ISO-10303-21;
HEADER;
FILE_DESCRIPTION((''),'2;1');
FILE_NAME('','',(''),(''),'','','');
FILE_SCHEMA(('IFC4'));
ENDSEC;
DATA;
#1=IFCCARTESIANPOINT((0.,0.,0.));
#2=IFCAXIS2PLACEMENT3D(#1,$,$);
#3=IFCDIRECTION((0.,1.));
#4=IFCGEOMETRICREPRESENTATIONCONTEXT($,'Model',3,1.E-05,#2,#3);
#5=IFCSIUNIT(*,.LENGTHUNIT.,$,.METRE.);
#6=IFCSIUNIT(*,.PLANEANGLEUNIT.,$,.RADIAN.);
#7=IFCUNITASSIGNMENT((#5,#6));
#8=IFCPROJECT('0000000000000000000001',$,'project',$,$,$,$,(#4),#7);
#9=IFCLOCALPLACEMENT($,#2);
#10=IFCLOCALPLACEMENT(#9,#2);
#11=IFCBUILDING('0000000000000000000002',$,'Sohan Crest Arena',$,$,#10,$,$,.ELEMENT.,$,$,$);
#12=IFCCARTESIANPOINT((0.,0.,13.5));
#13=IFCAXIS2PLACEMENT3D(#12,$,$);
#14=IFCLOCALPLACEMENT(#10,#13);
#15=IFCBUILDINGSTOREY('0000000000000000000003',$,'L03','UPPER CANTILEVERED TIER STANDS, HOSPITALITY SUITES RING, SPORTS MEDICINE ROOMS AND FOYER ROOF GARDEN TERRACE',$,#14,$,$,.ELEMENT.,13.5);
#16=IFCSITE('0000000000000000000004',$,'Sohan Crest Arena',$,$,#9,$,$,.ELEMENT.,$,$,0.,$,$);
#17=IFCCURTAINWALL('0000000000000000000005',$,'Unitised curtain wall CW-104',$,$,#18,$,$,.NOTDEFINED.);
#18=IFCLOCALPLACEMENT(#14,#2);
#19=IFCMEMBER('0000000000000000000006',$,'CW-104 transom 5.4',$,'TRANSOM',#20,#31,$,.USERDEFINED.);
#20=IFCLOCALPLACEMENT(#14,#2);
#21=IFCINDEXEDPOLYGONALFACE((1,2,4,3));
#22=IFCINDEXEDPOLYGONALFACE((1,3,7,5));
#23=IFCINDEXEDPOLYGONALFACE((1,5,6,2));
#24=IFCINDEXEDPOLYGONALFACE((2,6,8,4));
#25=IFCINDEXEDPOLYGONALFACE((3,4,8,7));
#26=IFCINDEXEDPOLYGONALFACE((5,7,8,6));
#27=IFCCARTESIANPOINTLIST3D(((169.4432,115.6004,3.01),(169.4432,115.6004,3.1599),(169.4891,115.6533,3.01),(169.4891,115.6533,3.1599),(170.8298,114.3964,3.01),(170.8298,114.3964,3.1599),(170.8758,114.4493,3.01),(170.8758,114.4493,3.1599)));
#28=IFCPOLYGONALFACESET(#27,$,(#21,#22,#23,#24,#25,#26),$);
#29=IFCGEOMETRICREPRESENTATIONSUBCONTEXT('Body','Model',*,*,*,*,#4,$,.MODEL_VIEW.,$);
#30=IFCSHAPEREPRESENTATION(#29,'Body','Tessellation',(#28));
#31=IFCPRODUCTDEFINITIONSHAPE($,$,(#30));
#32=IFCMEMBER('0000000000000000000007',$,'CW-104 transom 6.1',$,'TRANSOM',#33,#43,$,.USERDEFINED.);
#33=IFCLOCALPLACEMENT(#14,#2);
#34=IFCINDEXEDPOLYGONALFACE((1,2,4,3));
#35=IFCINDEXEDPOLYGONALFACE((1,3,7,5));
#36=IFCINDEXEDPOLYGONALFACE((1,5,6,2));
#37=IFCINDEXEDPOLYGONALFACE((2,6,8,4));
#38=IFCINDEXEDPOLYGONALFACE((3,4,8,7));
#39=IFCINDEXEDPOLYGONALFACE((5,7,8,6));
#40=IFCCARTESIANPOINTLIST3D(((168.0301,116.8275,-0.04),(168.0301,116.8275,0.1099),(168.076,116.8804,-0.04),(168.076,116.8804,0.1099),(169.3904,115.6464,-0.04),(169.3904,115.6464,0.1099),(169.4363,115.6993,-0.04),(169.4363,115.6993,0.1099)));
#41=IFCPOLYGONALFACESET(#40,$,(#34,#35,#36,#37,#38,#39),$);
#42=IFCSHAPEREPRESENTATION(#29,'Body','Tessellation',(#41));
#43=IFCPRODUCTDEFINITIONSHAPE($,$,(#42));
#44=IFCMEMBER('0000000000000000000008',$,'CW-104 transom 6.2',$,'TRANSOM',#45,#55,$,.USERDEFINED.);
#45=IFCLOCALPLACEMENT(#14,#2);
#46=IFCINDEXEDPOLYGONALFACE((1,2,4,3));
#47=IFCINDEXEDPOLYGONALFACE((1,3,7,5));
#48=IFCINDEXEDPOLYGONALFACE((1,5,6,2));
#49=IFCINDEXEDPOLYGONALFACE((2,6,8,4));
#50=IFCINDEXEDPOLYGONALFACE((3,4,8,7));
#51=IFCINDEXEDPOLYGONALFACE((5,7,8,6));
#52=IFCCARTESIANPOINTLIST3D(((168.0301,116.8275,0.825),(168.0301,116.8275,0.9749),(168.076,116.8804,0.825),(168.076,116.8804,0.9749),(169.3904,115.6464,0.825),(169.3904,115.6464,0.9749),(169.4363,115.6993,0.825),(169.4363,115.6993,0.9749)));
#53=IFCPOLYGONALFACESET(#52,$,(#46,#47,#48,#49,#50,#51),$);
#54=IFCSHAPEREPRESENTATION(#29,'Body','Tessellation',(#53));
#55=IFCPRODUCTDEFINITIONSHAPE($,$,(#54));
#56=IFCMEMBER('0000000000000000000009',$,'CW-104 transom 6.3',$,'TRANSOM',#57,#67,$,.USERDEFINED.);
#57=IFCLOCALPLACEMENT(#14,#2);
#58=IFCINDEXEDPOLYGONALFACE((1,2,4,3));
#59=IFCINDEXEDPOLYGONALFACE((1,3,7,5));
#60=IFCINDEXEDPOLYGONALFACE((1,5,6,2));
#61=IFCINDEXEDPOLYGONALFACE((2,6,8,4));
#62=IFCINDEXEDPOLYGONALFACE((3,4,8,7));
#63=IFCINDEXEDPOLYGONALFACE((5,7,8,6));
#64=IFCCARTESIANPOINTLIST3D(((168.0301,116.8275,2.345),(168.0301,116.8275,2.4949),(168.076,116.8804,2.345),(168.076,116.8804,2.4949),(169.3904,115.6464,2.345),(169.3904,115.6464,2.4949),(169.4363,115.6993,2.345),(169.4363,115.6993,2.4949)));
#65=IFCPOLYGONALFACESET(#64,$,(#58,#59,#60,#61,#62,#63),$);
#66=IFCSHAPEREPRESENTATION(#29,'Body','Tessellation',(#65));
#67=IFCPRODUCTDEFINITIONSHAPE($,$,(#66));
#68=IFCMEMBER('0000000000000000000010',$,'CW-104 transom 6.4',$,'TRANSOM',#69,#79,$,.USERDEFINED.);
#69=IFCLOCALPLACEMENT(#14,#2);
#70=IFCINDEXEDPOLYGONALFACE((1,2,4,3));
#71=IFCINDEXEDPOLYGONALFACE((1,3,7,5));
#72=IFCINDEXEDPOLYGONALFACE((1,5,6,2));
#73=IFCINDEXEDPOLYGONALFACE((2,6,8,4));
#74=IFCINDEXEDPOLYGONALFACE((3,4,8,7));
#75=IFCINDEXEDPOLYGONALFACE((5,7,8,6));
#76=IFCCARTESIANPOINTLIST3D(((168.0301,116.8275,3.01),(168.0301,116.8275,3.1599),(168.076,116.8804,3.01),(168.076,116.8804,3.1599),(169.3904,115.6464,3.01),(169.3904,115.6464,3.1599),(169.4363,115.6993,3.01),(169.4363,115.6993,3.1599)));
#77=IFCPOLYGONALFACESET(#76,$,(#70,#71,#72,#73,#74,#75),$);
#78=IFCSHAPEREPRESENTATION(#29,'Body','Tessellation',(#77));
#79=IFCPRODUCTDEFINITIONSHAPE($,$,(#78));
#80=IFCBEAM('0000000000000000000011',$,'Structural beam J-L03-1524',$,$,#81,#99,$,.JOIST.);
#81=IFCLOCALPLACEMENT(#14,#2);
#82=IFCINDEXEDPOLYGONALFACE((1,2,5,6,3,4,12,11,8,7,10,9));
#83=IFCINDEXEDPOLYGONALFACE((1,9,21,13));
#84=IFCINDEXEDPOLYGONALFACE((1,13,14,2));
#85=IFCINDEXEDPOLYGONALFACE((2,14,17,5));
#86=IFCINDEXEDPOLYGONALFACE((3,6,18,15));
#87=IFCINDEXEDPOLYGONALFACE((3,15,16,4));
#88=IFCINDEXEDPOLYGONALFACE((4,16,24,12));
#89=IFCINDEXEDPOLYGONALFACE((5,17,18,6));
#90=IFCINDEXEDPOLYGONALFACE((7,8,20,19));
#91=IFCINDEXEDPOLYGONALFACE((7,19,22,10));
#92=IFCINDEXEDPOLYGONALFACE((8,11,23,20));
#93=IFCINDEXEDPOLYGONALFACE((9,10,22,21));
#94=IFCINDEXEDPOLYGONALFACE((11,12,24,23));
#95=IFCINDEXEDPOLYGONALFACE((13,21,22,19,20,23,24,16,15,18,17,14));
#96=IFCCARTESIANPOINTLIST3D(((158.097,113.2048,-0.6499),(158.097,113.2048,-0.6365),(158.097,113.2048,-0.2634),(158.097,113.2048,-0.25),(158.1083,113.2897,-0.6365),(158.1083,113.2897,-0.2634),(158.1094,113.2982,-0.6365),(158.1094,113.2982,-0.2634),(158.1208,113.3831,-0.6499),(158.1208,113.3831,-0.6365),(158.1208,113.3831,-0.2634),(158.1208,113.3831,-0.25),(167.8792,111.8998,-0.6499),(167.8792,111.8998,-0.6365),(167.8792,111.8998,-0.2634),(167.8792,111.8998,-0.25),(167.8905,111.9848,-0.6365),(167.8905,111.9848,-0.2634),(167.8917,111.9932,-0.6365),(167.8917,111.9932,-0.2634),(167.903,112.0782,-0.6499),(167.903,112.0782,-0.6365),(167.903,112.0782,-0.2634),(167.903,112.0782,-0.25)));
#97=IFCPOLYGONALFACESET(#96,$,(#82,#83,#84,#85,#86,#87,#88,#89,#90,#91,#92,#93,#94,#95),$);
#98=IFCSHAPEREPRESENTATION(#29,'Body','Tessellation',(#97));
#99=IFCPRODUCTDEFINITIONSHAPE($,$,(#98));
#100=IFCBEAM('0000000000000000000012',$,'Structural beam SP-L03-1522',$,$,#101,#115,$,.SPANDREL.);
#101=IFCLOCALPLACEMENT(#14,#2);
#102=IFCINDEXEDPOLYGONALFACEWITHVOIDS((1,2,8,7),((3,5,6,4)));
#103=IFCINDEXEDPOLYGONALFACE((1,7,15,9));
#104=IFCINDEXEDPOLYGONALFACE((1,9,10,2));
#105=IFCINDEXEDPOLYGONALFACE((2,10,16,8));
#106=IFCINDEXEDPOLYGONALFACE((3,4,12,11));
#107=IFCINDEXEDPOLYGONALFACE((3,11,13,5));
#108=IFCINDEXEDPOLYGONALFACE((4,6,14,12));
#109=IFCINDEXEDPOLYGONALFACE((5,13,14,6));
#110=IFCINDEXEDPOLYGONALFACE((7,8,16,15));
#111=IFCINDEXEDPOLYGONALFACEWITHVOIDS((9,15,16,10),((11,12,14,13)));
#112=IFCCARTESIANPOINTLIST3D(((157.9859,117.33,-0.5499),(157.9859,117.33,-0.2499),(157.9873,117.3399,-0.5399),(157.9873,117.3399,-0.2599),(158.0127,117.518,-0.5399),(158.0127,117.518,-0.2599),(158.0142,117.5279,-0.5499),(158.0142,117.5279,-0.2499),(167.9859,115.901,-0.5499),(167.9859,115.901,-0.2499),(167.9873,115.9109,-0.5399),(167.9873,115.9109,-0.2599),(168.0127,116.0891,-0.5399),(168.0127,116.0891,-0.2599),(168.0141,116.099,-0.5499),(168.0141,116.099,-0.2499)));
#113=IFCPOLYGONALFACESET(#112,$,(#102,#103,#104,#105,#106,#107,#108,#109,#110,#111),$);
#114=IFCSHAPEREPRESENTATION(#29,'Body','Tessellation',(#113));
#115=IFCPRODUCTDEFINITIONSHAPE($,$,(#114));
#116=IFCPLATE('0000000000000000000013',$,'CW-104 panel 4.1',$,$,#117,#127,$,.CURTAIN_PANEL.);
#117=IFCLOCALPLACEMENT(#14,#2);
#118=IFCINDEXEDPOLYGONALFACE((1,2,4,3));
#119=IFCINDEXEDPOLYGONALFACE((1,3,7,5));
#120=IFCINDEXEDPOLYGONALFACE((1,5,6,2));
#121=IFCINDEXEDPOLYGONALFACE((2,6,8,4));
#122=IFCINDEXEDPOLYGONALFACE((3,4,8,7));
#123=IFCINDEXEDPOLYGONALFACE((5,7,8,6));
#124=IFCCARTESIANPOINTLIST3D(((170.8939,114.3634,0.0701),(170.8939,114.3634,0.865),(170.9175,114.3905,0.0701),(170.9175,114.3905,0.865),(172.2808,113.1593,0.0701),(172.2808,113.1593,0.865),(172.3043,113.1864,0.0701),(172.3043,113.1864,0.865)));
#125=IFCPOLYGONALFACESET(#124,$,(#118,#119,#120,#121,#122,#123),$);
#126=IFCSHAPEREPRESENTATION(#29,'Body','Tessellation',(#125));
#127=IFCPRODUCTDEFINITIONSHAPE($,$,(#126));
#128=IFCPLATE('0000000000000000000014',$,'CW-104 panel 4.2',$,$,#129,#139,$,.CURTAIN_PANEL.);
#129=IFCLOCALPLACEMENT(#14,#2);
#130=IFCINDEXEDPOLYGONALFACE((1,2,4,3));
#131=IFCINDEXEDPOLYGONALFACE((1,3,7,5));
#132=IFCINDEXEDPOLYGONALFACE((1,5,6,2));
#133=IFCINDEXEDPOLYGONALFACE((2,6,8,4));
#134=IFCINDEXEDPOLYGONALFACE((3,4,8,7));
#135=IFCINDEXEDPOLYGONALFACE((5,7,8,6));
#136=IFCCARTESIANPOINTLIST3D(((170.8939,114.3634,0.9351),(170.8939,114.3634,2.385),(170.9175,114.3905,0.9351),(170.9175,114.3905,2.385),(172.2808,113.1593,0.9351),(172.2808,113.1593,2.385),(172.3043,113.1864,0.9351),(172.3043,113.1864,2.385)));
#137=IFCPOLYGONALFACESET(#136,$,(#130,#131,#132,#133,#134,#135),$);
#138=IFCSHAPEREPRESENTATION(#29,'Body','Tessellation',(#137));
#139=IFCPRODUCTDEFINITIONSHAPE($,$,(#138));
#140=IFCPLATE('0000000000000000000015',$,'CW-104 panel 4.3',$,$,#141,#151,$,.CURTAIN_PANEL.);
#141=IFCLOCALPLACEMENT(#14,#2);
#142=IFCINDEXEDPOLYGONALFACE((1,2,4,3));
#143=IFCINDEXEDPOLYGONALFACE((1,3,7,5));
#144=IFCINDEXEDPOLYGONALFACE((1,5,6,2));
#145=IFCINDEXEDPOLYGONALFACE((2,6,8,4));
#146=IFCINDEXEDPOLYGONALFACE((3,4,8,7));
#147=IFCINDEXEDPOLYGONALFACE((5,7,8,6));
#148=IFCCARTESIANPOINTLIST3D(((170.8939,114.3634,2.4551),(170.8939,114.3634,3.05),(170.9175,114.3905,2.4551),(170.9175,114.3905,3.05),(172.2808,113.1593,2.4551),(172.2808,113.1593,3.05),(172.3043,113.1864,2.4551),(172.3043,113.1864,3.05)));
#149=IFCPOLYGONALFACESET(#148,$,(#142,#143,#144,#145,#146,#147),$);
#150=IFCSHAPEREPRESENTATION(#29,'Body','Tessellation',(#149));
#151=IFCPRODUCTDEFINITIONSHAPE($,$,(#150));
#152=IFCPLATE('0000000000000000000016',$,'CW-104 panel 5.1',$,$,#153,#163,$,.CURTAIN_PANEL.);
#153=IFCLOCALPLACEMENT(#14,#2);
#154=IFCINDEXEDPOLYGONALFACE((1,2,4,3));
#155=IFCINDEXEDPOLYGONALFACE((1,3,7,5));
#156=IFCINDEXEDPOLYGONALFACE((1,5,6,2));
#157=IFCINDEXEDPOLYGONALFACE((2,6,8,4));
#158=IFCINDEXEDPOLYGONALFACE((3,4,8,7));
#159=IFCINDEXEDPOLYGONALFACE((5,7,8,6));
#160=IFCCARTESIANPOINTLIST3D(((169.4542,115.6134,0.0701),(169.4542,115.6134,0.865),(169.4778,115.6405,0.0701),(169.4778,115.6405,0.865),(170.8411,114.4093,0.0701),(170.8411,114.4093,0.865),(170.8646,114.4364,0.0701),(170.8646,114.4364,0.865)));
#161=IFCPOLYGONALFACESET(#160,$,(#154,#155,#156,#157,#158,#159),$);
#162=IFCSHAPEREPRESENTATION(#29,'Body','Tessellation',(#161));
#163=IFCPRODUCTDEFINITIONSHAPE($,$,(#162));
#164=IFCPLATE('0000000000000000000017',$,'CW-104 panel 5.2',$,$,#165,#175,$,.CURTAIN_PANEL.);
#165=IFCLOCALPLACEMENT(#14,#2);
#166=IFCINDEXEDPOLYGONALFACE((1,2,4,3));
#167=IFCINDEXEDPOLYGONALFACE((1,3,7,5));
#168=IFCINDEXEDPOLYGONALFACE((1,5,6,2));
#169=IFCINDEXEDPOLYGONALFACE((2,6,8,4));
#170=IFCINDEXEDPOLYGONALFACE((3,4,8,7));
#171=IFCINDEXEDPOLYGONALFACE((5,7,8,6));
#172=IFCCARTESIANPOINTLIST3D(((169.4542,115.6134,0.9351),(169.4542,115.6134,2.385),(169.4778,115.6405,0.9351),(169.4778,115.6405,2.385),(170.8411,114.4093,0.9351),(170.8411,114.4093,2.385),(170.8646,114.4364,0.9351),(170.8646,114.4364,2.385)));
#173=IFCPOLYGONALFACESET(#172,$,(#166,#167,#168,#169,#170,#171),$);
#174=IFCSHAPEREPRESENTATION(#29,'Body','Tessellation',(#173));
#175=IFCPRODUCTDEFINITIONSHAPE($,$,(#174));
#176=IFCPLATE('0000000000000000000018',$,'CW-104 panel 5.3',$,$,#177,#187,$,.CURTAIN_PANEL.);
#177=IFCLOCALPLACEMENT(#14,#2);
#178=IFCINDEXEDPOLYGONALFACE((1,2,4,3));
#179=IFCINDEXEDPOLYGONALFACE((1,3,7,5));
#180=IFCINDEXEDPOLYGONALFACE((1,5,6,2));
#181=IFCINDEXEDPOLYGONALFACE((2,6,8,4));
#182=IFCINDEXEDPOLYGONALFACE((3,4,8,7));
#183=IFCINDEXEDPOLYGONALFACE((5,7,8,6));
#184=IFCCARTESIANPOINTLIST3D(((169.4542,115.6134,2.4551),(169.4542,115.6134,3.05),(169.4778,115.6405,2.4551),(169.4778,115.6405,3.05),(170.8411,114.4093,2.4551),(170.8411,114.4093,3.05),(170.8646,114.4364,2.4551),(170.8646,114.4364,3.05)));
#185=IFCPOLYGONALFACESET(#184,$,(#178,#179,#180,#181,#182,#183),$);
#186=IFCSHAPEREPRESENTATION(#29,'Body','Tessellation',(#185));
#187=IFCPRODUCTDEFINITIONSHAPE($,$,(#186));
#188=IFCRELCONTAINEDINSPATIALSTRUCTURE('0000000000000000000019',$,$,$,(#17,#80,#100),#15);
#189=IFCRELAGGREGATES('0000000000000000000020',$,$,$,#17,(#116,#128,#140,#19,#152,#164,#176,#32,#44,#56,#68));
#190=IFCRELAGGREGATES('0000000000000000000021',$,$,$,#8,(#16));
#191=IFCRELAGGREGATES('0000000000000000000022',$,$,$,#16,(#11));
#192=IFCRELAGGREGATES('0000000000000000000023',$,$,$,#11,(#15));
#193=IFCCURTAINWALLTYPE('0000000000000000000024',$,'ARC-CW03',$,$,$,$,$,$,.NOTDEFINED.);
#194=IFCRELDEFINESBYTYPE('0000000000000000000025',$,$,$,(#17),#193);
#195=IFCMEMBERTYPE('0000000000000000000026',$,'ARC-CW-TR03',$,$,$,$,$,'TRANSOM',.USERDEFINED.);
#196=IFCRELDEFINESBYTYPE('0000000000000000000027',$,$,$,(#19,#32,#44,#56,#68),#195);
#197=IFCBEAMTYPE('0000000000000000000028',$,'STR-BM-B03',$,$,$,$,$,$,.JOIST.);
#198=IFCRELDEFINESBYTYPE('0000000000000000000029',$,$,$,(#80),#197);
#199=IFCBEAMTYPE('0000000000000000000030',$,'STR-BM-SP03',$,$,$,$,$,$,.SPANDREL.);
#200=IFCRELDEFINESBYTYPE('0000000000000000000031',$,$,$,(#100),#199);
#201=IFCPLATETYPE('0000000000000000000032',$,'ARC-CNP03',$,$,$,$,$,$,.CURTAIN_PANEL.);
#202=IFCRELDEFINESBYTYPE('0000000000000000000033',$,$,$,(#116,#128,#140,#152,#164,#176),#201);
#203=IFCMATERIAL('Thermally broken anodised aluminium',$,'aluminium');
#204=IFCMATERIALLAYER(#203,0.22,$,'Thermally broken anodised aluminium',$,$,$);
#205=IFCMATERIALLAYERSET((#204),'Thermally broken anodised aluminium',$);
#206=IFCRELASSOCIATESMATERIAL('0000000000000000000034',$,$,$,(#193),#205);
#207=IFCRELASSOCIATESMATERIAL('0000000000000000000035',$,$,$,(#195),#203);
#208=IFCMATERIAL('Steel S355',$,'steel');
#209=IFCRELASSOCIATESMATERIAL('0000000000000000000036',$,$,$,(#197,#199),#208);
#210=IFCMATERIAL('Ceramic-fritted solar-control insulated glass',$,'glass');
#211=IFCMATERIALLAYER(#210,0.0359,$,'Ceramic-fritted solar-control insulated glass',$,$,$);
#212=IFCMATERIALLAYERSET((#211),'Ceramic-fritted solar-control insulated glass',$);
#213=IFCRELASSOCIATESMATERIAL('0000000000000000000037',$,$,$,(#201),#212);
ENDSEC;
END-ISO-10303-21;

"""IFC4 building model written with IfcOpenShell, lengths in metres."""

from ifc_helpers import new_model, si_unit, direction, frame, origin, origin_2d, place, context, subcontext, project, spatial, rectangle, hollow_rectangle, i_section, extrude, material, layer, layer_set, material_profile, profile_set, type_object, element, aggregate, save


model = new_model("IFC4")

# Units and contexts
model_context = context("Model", 3, precision=1e-05, world=origin(), true_north=direction((0.0, 1.0)))
body_context = subcontext(model_context, "Body", "Model", "MODEL_VIEW")
ifc_project = project(units=[si_unit("LENGTHUNIT", "METRE"), si_unit("PLANEANGLEUNIT", "RADIAN")], contexts=[model_context])

# Site, building, storey
site_placement = place(None, origin())
site = spatial("IfcSite", under=ifc_project, at=site_placement, Name="Sohan Crest Arena", CompositionType="ELEMENT", RefElevation=0.0)
building_placement = place(site_placement, origin())
building = spatial("IfcBuilding", under=site, at=building_placement, Name="Sohan Crest Arena", CompositionType="ELEMENT")
storey_placement = place(building_placement, frame((0.0, 0.0, 13.5)))
storey = spatial("IfcBuildingStorey", under=building, at=storey_placement, Name="L03", Description="UPPER CANTILEVERED TIER STANDS, HOSPITALITY SUITES RING, SPORTS MEDICINE ROOMS AND FOYER ROOF GARDEN TERRACE", CompositionType="ELEMENT", Elevation=13.5)

# Shared definitions
ifc_material_1 = material(Name="Steel S355", Category="steel")

# Curtain wall
ifc_material_2 = material(Name="Thermally broken anodised aluminium", Category="aluminium")
ifc_layer_1 = layer(ifc_material_2, 0.22, Name="Thermally broken anodised aluminium")
ifc_layer_set_1 = layer_set([ifc_layer_1], Name="Thermally broken anodised aluminium")
curtain_wall_type_1 = type_object("IfcCurtainWallType", Name="ARC-CW03", PredefinedType="NOTDEFINED", material=ifc_layer_set_1)
curtain_wall_1_placement = place(storey_placement, origin())
curtain_wall_1 = element("IfcCurtainWall", 1, at=curtain_wall_1_placement, inside=storey, type_object=curtain_wall_type_1, Name="Unitised curtain wall CW-104", PredefinedType="NOTDEFINED")

# Members
ifc_material_profile_1 = material_profile(ifc_material_2, rectangle(XDim=0.0701, YDim=0.1499, at=origin_2d()), Name="ALU-TRAN 70x150")
ifc_profile_set_1 = profile_set([ifc_material_profile_1], Name="Thermally broken anodised aluminium")
member_type_1 = type_object("IfcMemberType", Name="ARC-CW-TR03", ElementType="TRANSOM", PredefinedType="USERDEFINED", material=ifc_profile_set_1)
member_1_placement = place(storey_placement, frame((170.8528, 114.4229, 3.085), z_axis=(-0.755075, 0.655639, 0.0), x_axis=(-0.655639, -0.755075, 0.0)))
member_1 = element("IfcMember", 2, at=member_1_placement, type_object=member_type_1, Name="CW-104 transom 5.4", ObjectType="TRANSOM", PredefinedType="USERDEFINED", context=body_context, shape_type="SweptSolid", body=[
    extrude(rectangle(XDim=0.0701, YDim=0.1499, at=origin_2d()), origin(), (0.0, 0.0, 1.0), 1.8364),
])
member_2_placement = place(storey_placement, frame((169.4133, 115.6729, 0.0349), z_axis=(-0.75509, 0.655622, 0.0), x_axis=(-0.655622, -0.75509, 0.0)))
member_2 = element("IfcMember", 3, at=member_2_placement, type_object=member_type_1, Name="CW-104 transom 6.1", ObjectType="TRANSOM", PredefinedType="USERDEFINED", context=body_context, shape_type="SweptSolid", body=[
    extrude(rectangle(XDim=0.0701, YDim=0.1499, at=origin_2d()), origin(), (0.0, 0.0, 1.0), 1.8015),
])
member_3_placement = place(storey_placement, frame((169.4133, 115.6729, 0.8999), z_axis=(-0.75509, 0.655622, 0.0), x_axis=(-0.655622, -0.75509, 0.0)))
member_3 = element("IfcMember", 4, at=member_3_placement, type_object=member_type_1, Name="CW-104 transom 6.2", ObjectType="TRANSOM", PredefinedType="USERDEFINED", context=body_context, shape_type="SweptSolid", body=[
    extrude(rectangle(XDim=0.0701, YDim=0.1499, at=origin_2d()), origin(), (0.0, 0.0, 1.0), 1.8015),
])
member_4_placement = place(storey_placement, frame((169.4133, 115.6729, 2.4199), z_axis=(-0.75509, 0.655622, 0.0), x_axis=(-0.655622, -0.75509, 0.0)))
member_4 = element("IfcMember", 5, at=member_4_placement, type_object=member_type_1, Name="CW-104 transom 6.3", ObjectType="TRANSOM", PredefinedType="USERDEFINED", context=body_context, shape_type="SweptSolid", body=[
    extrude(rectangle(XDim=0.0701, YDim=0.1499, at=origin_2d()), origin(), (0.0, 0.0, 1.0), 1.8015),
])
member_5_placement = place(storey_placement, frame((169.4133, 115.6729, 3.085), z_axis=(-0.75509, 0.655622, 0.0), x_axis=(-0.655622, -0.75509, 0.0)))
member_5 = element("IfcMember", 6, at=member_5_placement, type_object=member_type_1, Name="CW-104 transom 6.4", ObjectType="TRANSOM", PredefinedType="USERDEFINED", context=body_context, shape_type="SweptSolid", body=[
    extrude(rectangle(XDim=0.0701, YDim=0.1499, at=origin_2d()), origin(), (0.0, 0.0, 1.0), 1.8015),
])

# Beams
ifc_material_profile_2 = material_profile(ifc_material_1, i_section(OverallWidth=0.1799, OverallDepth=0.3999, WebThickness=0.0085, FlangeThickness=0.0134, at=origin_2d()), Name="IPE 400")
ifc_profile_set_2 = profile_set([ifc_material_profile_2], Name="Steel S355")
beam_type_1 = type_object("IfcBeamType", Name="STR-BM-B03", PredefinedType="JOIST", material=ifc_profile_set_2)
beam_1_placement = place(storey_placement, frame((167.8911, 111.989, -0.45), z_axis=(-0.991219, 0.132227, 0.0), x_axis=(-0.132227, -0.991219, 0.0)))
element("IfcBeam", 7, at=beam_1_placement, inside=storey, type_object=beam_type_1, Name="Structural beam J-L03-1524", PredefinedType="JOIST", context=body_context, shape_type="SweptSolid", body=[
    extrude(i_section(OverallWidth=0.1799, OverallDepth=0.3999, WebThickness=0.0085, FlangeThickness=0.0134, at=origin_2d()), origin(), (0.0, 0.0, 1.0), 9.8689),
])
ifc_material_profile_3 = material_profile(ifc_material_1, hollow_rectangle(XDim=0.2, YDim=0.3, WallThickness=0.01, at=origin_2d()), Name="RHS 300x200x10")
ifc_profile_set_3 = profile_set([ifc_material_profile_3], Name="Steel S355")
beam_type_2 = type_object("IfcBeamType", Name="STR-BM-SP03", PredefinedType="SPANDREL", material=ifc_profile_set_3)
beam_2_placement = place(storey_placement, frame((168.0, 116.0, -0.3999), z_axis=(-0.989944, 0.141459, 0.0), x_axis=(-0.141459, -0.989944, 0.0)))
element("IfcBeam", 8, at=beam_2_placement, inside=storey, type_object=beam_type_2, Name="Structural beam SP-L03-1522", PredefinedType="SPANDREL", context=body_context, shape_type="SweptSolid", body=[
    extrude(hollow_rectangle(XDim=0.2, YDim=0.3, WallThickness=0.01, at=origin_2d()), origin(), (0.0, 0.0, 1.0), 10.1016),
])

# Plates
ifc_material_3 = material(Name="Ceramic-fritted solar-control insulated glass", Category="glass")
ifc_layer_2 = layer(ifc_material_3, 0.0359, Name="Ceramic-fritted solar-control insulated glass")
ifc_layer_set_2 = layer_set([ifc_layer_2], Name="Ceramic-fritted solar-control insulated glass")
plate_type = type_object("IfcPlateType", Name="ARC-CNP03", PredefinedType="CURTAIN_PANEL", material=ifc_layer_set_2)
plate_1_placement = place(storey_placement, frame((171.5991, 113.7749, 0.0701), z_axis=(0.0, 0.0, 1.0), x_axis=(-0.755095, 0.655616, 0.0)))
plate_1 = element("IfcPlate", 9, at=plate_1_placement, type_object=plate_type, Name="CW-104 panel 4.1", PredefinedType="CURTAIN_PANEL", context=body_context, shape_type="SweptSolid", body=[
    extrude(rectangle(XDim=1.8367, YDim=0.0359, at=origin_2d()), origin(), (0.0, 0.0, 1.0), 0.7949),
])
plate_2_placement = place(storey_placement, frame((171.5991, 113.7749, 0.9351), z_axis=(0.0, 0.0, 1.0), x_axis=(-0.755095, 0.655616, 0.0)))
plate_2 = element("IfcPlate", 10, at=plate_2_placement, type_object=plate_type, Name="CW-104 panel 4.2", PredefinedType="CURTAIN_PANEL", context=body_context, shape_type="SweptSolid", body=[
    extrude(rectangle(XDim=1.8367, YDim=0.0359, at=origin_2d()), origin(), (0.0, 0.0, 1.0), 1.45),
])
plate_3_placement = place(storey_placement, frame((171.5991, 113.7749, 2.4551), z_axis=(0.0, 0.0, 1.0), x_axis=(-0.755095, 0.655616, 0.0)))
plate_3 = element("IfcPlate", 11, at=plate_3_placement, type_object=plate_type, Name="CW-104 panel 4.3", PredefinedType="CURTAIN_PANEL", context=body_context, shape_type="SweptSolid", body=[
    extrude(rectangle(XDim=1.8367, YDim=0.0359, at=origin_2d()), origin(), (0.0, 0.0, 1.0), 0.595),
])
plate_4_placement = place(storey_placement, frame((170.1594, 115.0249, 0.0701), z_axis=(0.0, 0.0, 1.0), x_axis=(-0.755095, 0.655616, 0.0)))
plate_4 = element("IfcPlate", 12, at=plate_4_placement, type_object=plate_type, Name="CW-104 panel 5.1", PredefinedType="CURTAIN_PANEL", context=body_context, shape_type="SweptSolid", body=[
    extrude(rectangle(XDim=1.8367, YDim=0.0359, at=origin_2d()), origin(), (0.0, 0.0, 1.0), 0.7949),
])
plate_5_placement = place(storey_placement, frame((170.1594, 115.0249, 0.9351), z_axis=(0.0, 0.0, 1.0), x_axis=(-0.755095, 0.655616, 0.0)))
plate_5 = element("IfcPlate", 13, at=plate_5_placement, type_object=plate_type, Name="CW-104 panel 5.2", PredefinedType="CURTAIN_PANEL", context=body_context, shape_type="SweptSolid", body=[
    extrude(rectangle(XDim=1.8367, YDim=0.0359, at=origin_2d()), origin(), (0.0, 0.0, 1.0), 1.45),
])
plate_6_placement = place(storey_placement, frame((170.1594, 115.0249, 2.4551), z_axis=(0.0, 0.0, 1.0), x_axis=(-0.755095, 0.655616, 0.0)))
plate_6 = element("IfcPlate", 14, at=plate_6_placement, type_object=plate_type, Name="CW-104 panel 5.3", PredefinedType="CURTAIN_PANEL", context=body_context, shape_type="SweptSolid", body=[
    extrude(rectangle(XDim=1.8367, YDim=0.0359, at=origin_2d()), origin(), (0.0, 0.0, 1.0), 0.595),
])
aggregate(curtain_wall_1, [plate_1, plate_2, plate_3, member_1, plate_4, plate_5, plate_6, member_2, member_3, member_4, member_5])

save(model, "model.ifc")
